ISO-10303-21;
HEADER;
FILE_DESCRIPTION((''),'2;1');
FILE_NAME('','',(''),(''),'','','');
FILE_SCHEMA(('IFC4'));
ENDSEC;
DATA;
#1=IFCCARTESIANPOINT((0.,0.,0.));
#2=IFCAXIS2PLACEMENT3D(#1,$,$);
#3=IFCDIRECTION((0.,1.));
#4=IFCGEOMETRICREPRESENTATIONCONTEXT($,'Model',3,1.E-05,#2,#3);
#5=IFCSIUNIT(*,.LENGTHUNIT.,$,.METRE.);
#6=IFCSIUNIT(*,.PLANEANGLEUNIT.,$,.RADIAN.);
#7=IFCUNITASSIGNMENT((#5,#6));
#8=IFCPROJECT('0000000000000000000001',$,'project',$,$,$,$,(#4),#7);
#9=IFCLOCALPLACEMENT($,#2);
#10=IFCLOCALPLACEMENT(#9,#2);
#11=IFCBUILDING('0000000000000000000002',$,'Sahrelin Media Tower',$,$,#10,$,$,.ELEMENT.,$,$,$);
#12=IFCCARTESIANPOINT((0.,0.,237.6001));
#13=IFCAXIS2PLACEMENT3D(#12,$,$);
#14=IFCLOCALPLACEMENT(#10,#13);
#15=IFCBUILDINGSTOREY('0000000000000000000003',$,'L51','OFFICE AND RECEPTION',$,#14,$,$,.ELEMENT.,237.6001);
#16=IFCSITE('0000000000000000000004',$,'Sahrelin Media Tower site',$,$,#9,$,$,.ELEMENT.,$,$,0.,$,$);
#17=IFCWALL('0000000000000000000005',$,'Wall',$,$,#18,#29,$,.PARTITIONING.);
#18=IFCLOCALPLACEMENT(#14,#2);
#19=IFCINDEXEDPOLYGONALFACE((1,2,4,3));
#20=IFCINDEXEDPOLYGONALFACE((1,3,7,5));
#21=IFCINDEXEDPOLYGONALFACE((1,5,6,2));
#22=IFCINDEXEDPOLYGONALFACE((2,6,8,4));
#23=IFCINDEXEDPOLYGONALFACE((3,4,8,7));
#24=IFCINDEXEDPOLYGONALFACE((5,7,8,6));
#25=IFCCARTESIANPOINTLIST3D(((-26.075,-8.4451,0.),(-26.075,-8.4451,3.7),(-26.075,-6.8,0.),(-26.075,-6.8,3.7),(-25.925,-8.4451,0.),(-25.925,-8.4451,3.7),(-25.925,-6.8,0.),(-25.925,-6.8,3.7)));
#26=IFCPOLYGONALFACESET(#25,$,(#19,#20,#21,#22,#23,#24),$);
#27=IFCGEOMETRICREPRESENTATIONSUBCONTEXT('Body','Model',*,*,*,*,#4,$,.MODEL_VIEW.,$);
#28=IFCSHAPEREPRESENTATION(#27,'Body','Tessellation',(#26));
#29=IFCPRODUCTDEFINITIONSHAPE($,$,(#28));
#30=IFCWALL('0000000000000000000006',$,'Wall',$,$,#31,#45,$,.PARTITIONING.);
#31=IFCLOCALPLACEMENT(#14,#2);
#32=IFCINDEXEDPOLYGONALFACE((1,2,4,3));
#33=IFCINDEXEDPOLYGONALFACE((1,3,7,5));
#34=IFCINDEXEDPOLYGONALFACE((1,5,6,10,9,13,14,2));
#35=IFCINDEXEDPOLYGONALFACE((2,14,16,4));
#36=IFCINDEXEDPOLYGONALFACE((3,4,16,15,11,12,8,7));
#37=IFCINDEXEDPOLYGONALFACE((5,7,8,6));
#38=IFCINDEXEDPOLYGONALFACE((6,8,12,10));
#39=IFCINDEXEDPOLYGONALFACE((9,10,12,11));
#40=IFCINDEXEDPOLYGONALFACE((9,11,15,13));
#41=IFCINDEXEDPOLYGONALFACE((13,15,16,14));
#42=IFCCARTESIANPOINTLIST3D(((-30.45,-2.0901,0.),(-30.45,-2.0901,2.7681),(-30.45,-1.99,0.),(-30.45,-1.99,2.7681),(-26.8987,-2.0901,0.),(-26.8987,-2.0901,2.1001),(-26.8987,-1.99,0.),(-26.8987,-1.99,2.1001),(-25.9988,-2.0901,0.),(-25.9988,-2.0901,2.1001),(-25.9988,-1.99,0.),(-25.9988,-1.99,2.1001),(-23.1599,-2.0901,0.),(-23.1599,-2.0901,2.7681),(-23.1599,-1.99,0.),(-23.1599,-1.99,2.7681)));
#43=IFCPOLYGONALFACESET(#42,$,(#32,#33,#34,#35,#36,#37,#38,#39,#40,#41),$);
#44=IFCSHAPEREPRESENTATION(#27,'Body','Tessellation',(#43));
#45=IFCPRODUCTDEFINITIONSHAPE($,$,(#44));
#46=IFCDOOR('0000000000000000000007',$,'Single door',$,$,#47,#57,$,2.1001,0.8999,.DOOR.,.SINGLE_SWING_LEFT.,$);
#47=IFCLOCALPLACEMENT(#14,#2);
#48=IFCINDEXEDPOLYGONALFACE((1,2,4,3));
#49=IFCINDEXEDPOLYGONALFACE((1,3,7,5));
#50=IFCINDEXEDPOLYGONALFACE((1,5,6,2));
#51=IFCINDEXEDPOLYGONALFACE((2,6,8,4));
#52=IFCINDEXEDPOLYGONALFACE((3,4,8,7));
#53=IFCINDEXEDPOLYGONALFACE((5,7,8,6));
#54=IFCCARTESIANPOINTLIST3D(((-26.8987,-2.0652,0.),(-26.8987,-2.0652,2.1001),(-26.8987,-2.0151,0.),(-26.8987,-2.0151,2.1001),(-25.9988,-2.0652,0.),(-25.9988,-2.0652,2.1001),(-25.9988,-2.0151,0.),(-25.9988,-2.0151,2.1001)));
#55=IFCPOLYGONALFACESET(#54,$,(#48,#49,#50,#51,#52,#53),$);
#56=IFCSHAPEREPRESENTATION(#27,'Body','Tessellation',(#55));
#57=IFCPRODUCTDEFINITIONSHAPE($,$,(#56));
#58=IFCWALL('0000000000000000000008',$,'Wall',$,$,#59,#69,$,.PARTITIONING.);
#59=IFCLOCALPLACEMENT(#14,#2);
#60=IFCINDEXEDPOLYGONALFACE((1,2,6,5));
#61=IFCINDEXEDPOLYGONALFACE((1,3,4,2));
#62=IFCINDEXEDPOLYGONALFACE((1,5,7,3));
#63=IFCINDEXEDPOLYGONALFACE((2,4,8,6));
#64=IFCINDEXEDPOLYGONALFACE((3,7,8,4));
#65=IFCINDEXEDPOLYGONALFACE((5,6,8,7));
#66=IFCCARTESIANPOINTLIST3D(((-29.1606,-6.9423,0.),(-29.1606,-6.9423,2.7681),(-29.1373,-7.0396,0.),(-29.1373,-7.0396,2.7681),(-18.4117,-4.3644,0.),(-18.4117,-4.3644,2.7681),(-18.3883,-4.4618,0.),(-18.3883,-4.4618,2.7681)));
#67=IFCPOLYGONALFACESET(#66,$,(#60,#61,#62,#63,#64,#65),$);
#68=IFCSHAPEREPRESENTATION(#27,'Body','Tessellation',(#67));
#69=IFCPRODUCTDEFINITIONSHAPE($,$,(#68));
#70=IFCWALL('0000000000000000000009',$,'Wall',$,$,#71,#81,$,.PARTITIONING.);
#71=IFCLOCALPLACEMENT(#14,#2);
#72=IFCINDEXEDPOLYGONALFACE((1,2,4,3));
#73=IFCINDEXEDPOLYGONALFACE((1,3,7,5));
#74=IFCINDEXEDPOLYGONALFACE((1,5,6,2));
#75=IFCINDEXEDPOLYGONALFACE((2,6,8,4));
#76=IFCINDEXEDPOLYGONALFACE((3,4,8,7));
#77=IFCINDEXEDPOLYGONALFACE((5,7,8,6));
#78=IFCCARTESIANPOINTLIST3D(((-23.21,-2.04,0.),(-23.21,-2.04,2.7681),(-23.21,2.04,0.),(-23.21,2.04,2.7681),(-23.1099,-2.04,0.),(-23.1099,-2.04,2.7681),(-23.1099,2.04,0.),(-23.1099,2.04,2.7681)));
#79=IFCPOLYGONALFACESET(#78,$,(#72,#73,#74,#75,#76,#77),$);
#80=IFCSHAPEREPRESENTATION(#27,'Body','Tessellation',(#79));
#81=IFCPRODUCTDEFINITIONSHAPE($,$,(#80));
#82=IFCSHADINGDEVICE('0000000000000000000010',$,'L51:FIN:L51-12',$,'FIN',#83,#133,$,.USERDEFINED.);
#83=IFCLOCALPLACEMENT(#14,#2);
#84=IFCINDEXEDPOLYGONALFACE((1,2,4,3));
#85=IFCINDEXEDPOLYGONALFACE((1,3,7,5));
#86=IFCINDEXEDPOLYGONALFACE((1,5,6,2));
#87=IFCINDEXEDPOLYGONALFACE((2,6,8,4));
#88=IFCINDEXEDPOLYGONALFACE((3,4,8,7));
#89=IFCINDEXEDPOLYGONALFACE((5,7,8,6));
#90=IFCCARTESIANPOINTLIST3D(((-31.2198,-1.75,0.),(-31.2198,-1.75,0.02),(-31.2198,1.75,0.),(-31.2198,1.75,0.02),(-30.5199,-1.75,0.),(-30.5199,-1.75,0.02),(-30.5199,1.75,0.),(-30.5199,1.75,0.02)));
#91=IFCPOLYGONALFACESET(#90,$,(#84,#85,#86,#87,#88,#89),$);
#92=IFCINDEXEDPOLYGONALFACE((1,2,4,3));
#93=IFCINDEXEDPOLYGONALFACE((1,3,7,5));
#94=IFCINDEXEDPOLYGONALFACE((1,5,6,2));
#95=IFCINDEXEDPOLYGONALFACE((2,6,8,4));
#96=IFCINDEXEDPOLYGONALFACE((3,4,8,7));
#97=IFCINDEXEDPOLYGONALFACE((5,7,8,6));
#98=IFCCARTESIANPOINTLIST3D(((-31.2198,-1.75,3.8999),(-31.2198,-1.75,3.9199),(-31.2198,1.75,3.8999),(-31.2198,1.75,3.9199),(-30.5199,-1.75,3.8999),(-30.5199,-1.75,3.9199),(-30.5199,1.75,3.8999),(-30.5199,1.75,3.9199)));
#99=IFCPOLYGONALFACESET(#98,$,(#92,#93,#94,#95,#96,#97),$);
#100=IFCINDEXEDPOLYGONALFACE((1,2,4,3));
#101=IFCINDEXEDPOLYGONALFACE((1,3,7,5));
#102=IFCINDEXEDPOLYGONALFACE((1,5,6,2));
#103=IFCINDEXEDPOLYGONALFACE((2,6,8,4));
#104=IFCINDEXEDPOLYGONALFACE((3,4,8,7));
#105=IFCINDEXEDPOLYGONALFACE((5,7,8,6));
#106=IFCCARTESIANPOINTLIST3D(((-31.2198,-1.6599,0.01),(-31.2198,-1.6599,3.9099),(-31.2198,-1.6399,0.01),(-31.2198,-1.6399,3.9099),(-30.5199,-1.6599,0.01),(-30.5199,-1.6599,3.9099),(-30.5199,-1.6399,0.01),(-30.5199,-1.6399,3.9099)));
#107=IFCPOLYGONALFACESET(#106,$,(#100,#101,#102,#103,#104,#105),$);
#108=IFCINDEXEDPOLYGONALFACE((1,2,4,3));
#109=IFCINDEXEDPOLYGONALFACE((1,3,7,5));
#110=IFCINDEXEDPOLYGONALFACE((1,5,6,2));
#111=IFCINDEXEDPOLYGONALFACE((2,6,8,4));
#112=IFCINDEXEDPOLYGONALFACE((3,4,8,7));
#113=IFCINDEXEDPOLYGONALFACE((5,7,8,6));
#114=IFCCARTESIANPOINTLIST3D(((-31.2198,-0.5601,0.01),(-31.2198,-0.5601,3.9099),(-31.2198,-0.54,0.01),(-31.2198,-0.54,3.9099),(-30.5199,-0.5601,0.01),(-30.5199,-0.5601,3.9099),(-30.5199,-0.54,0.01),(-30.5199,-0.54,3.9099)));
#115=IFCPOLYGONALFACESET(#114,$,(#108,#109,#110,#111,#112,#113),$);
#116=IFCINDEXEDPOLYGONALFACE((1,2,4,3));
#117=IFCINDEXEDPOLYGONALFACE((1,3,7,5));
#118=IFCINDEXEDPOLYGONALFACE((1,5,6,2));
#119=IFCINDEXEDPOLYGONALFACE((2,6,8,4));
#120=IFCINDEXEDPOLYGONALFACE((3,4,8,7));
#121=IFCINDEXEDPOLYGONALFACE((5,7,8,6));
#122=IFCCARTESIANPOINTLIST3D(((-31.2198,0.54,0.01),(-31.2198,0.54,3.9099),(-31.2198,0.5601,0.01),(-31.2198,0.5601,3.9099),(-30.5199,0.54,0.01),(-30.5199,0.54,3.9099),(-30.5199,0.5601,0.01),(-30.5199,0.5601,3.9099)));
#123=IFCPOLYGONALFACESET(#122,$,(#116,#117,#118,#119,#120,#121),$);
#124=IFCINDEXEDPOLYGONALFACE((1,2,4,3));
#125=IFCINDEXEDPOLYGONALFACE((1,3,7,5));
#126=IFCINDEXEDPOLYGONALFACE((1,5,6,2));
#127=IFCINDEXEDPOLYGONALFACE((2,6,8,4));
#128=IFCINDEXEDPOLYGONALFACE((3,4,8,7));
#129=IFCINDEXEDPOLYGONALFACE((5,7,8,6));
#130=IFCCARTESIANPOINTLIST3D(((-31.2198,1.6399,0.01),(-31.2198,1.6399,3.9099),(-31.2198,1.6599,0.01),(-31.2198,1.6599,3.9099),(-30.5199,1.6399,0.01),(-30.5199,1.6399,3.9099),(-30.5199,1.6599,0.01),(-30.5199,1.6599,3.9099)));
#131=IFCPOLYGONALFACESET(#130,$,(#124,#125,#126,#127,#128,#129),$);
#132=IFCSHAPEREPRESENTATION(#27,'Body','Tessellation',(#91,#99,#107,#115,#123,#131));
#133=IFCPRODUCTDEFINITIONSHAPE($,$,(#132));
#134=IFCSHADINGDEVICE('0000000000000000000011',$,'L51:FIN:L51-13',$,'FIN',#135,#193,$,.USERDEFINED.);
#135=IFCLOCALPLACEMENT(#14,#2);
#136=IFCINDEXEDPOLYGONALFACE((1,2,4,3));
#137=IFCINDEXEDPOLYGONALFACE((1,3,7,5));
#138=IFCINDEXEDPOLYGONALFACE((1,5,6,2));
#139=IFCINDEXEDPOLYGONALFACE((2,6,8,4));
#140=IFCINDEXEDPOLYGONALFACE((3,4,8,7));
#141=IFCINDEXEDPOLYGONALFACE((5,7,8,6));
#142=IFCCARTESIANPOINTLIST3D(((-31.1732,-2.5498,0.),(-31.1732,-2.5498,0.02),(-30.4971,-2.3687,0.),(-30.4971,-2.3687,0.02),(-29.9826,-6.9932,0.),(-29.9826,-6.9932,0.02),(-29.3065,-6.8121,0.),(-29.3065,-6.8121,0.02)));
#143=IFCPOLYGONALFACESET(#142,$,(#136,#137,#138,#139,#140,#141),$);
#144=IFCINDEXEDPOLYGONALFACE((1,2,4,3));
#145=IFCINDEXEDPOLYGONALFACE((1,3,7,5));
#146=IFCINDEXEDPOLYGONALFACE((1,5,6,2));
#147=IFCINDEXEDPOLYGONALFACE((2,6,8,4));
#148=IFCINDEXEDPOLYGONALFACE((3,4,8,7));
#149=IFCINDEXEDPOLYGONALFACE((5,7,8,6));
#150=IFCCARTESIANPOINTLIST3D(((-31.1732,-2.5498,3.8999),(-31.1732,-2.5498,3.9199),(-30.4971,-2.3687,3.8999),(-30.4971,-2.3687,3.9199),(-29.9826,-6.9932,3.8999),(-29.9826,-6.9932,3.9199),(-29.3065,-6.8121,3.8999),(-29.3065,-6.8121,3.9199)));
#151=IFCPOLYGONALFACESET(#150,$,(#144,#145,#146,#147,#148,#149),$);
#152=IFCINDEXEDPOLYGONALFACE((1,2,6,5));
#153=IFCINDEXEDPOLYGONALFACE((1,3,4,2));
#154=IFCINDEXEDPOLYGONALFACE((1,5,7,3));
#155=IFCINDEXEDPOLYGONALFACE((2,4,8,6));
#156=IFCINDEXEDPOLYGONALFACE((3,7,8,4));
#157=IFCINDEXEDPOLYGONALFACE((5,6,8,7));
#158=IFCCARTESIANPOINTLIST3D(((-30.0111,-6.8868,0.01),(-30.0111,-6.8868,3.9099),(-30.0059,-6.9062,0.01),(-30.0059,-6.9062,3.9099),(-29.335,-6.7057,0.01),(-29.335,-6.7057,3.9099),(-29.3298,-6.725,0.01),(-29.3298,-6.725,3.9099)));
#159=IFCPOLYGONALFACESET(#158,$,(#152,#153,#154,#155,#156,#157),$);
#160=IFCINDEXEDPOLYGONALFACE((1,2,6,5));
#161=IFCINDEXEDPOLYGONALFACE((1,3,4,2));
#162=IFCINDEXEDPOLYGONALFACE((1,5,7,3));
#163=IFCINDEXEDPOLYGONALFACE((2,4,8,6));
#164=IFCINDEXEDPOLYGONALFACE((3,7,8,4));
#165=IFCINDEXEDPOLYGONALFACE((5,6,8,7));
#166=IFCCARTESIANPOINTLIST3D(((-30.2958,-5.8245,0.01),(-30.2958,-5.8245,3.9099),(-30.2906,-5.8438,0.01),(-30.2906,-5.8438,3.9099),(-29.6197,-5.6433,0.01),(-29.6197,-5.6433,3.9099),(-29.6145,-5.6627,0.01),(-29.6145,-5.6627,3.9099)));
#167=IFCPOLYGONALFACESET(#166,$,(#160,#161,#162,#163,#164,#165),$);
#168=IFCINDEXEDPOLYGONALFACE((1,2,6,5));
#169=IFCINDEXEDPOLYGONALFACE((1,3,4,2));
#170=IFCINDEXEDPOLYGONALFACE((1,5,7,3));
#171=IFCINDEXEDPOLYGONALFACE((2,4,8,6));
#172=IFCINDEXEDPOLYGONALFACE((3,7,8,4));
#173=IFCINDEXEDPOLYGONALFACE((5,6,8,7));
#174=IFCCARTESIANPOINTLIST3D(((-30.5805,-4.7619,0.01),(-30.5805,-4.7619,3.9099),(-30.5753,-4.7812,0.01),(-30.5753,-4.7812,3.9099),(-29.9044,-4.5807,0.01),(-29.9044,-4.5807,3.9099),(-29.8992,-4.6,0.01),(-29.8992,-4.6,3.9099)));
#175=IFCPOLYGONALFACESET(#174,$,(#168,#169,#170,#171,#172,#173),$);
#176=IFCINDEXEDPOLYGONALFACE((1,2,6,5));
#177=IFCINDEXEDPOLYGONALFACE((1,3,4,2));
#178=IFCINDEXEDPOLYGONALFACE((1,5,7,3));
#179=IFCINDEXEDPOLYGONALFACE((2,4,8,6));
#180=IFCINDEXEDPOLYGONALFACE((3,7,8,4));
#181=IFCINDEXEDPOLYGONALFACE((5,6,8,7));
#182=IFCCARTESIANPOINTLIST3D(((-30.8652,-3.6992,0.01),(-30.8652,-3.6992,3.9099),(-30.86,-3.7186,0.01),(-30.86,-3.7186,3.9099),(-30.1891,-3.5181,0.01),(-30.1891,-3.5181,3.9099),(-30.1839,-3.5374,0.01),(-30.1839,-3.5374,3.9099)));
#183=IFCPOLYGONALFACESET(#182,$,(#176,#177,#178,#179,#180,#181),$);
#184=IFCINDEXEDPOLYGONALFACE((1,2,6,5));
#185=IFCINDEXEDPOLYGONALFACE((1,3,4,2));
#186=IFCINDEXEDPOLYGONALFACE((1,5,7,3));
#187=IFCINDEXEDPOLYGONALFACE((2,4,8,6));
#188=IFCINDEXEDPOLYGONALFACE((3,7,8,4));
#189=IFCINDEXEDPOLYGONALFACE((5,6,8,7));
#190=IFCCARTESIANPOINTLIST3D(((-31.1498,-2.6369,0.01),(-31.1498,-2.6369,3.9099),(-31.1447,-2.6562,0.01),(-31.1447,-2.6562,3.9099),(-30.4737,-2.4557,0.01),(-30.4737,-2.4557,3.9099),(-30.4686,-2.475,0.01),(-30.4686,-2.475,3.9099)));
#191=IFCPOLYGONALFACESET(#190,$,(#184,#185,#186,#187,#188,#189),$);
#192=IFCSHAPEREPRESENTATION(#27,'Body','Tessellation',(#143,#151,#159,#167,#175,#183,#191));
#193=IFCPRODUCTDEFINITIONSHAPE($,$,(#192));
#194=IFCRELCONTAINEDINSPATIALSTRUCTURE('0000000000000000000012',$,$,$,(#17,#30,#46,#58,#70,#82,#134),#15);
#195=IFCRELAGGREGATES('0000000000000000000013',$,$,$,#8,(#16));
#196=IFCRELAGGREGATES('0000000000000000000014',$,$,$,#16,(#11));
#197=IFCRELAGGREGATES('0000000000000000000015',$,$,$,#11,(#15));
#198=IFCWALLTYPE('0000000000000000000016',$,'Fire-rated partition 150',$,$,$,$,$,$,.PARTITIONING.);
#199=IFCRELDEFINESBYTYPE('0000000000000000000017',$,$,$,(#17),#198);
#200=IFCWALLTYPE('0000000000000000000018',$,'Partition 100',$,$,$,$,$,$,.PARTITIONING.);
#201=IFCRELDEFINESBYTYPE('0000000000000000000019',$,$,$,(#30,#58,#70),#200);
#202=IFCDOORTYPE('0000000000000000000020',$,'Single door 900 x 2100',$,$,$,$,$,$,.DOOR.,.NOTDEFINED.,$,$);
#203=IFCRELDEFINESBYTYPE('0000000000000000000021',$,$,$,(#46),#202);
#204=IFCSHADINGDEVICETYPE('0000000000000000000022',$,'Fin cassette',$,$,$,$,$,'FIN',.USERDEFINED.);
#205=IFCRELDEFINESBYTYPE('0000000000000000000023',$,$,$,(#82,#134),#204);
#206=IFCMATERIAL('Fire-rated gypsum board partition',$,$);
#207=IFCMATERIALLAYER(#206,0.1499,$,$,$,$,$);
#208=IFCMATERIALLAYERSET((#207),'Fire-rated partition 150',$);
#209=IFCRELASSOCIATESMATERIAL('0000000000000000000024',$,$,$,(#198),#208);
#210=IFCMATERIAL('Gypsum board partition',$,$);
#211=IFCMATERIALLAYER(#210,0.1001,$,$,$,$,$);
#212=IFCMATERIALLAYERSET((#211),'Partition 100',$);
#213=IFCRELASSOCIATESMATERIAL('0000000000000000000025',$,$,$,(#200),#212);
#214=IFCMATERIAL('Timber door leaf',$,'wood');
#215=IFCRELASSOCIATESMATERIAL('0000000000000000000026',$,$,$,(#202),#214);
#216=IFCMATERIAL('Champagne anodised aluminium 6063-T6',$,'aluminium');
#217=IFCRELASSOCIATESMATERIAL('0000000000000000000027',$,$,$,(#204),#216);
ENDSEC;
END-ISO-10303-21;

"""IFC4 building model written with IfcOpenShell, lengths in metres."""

from ifc_helpers import new_model, si_unit, direction, frame, frame_2d, origin, origin_2d, place, context, subcontext, project, spatial, rectangle, extrude, material, layer, layer_set, type_object, element, fill, save


model = new_model("IFC4")

# Units and contexts
model_context = context("Model", 3, precision=1e-05, world=origin(), true_north=direction((0.0, 1.0)))
body_context = subcontext(model_context, "Body", "Model", "MODEL_VIEW")
ifc_project = project(units=[si_unit("LENGTHUNIT", "METRE"), si_unit("PLANEANGLEUNIT", "RADIAN")], contexts=[model_context])

# Site, building, storey
site_placement = place(None, origin())
site = spatial("IfcSite", under=ifc_project, at=site_placement, Name="Sahrelin Media Tower site", CompositionType="ELEMENT", RefElevation=0.0)
building_placement = place(site_placement, origin())
building = spatial("IfcBuilding", under=site, at=building_placement, Name="Sahrelin Media Tower", CompositionType="ELEMENT")
storey_placement = place(building_placement, frame((0.0, 0.0, 237.6001)))
storey = spatial("IfcBuildingStorey", under=building, at=storey_placement, Name="L51", Description="OFFICE AND RECEPTION", CompositionType="ELEMENT", Elevation=237.6001)

# Shared definitions
ifc_material_1 = material(Name="Champagne anodised aluminium 6063-T6", Category="aluminium")

# Shared definitions
ifc_material_2 = material(Name="Fire-rated gypsum board partition")
ifc_layer_1 = layer(ifc_material_2, 0.1499)
ifc_layer_set_1 = layer_set([ifc_layer_1], Name="Fire-rated partition 150")
wall_type_1 = type_object("IfcWallType", Name="Fire-rated partition 150", PredefinedType="PARTITIONING", material=ifc_layer_set_1)

# Wall
wall_1_placement = place(storey_placement, frame((-26.0, -8.4451, 0.0), z_axis=(0.0, 0.0, 1.0), x_axis=(0.0, 1.0, 0.0)))
element("IfcWall", 1, at=wall_1_placement, inside=storey, type_object=wall_type_1, Name="Wall", PredefinedType="PARTITIONING", context=body_context, shape_type="SweptSolid", body=[
    extrude(rectangle(XDim=1.645, YDim=0.1499, at=frame_2d((0.8225, 0.0))), origin(), (0.0, 0.0, 1.0), 3.7),
])

# Wall, opening, door
ifc_material_3 = material(Name="Gypsum board partition")
ifc_layer_2 = layer(ifc_material_3, 0.1001)
ifc_layer_set_2 = layer_set([ifc_layer_2], Name="Partition 100")
wall_type_2 = type_object("IfcWallType", Name="Partition 100", PredefinedType="PARTITIONING", material=ifc_layer_set_2)
wall_2_placement = place(storey_placement, frame((-30.45, -2.04, 0.0), z_axis=(0.0, 0.0, 1.0), x_axis=(1.0, 0.0, 0.0)))
wall_2 = element("IfcWall", 2, at=wall_2_placement, inside=storey, type_object=wall_type_2, Name="Wall", PredefinedType="PARTITIONING", context=body_context, shape_type="SweptSolid", body=[
    extrude(rectangle(XDim=7.29, YDim=0.1001, at=frame_2d((3.645, 0.0))), origin(), (0.0, 0.0, 1.0), 2.7681),
])
opening_1_placement = place(wall_2_placement, frame((3.5513, 0.0, 0.0)))
opening_1 = element("IfcOpeningElement", 3, at=opening_1_placement, cuts=wall_2, PredefinedType="OPENING", context=body_context, shape_type="SweptSolid", body=[
    extrude(rectangle(XDim=0.8999, YDim=2.1001, at=frame_2d((0.45, 1.05))), frame((0.0, 0.05, 0.0), z_axis=(0.0, -1.0, 0.0), x_axis=(1.0, 0.0, 0.0)), (0.0, 0.0, 1.0), 0.1001),
])
ifc_material_4 = material(Name="Timber door leaf", Category="wood")
door_type_1 = type_object("IfcDoorType", Name="Single door 900 x 2100", OperationType="NOTDEFINED", PredefinedType="DOOR", material=ifc_material_4)
door_1_placement = place(opening_1_placement, origin())
door_1 = element("IfcDoor", 4, at=door_1_placement, inside=storey, type_object=door_type_1, Name="Single door", OperationType="SINGLE_SWING_LEFT", OverallHeight=2.1001, OverallWidth=0.8999, PredefinedType="DOOR", context=body_context, shape_type="SweptSolid", body=[
    extrude(rectangle(XDim=0.8999, YDim=2.1001, at=frame_2d((0.45, 1.05))), frame((0.0, 0.0249, 0.0), z_axis=(0.0, -1.0, 0.0), x_axis=(1.0, 0.0, 0.0)), (0.0, 0.0, 1.0), 0.05),
])
fill(opening_1, door_1)

# Walls
wall_3_placement = place(storey_placement, frame((-29.1489, -6.991, 0.0), z_axis=(0.0, 0.0, 1.0), x_axis=(0.972426, 0.233212, 0.0)))
element("IfcWall", 5, at=wall_3_placement, inside=storey, type_object=wall_type_2, Name="Wall", PredefinedType="PARTITIONING", context=body_context, shape_type="SweptSolid", body=[
    extrude(rectangle(XDim=11.0537, YDim=0.1001, at=frame_2d((5.5269, 0.0))), origin(), (0.0, 0.0, 1.0), 2.7681),
])
wall_4_placement = place(storey_placement, frame((-23.1599, -2.04, 0.0), z_axis=(0.0, 0.0, 1.0), x_axis=(0.0, 1.0, 0.0)))
element("IfcWall", 6, at=wall_4_placement, inside=storey, type_object=wall_type_2, Name="Wall", PredefinedType="PARTITIONING", context=body_context, shape_type="SweptSolid", body=[
    extrude(rectangle(XDim=4.0801, YDim=0.1001, at=frame_2d((2.04, 0.0))), origin(), (0.0, 0.0, 1.0), 2.7681),
])

# Shading devices
shading_device_type_1 = type_object("IfcShadingDeviceType", Name="Fin cassette", ElementType="FIN", PredefinedType="USERDEFINED", material=ifc_material_1)
placement_1 = place(storey_placement, frame((-30.45, 0.0, 0.0), z_axis=(0.0, 0.0, 1.0), x_axis=(0.0, 1.0, 0.0)))
element("IfcShadingDevice", 7, at=placement_1, inside=storey, type_object=shading_device_type_1, Name="L51:FIN:L51-12", ObjectType="FIN", PredefinedType="USERDEFINED", context=body_context, shape_type="SweptSolid", body=[
    extrude(rectangle(XDim=3.5, YDim=0.7, at=origin_2d()), frame((0.0, 0.4199, 0.0)), (0.0, 0.0, 1.0), 0.02),
    extrude(rectangle(XDim=3.5, YDim=0.7, at=origin_2d()), frame((0.0, 0.4199, 3.8999)), (0.0, 0.0, 1.0), 0.02),
    extrude(rectangle(XDim=0.02, YDim=0.7, at=origin_2d()), frame((-1.6499, 0.4199, 0.01), z_axis=(0.0, 0.0, 1.0), x_axis=(1.0, 0.0, 0.0)), (0.0, 0.0, 1.0), 3.8999),
    extrude(rectangle(XDim=0.02, YDim=0.7, at=origin_2d()), frame((-0.55, 0.4199, 0.01), z_axis=(0.0, 0.0, 1.0), x_axis=(1.0, 0.0, 0.0)), (0.0, 0.0, 1.0), 3.8999),
    extrude(rectangle(XDim=0.02, YDim=0.7, at=origin_2d()), frame((0.55, 0.4199, 0.01), z_axis=(0.0, 0.0, 1.0), x_axis=(1.0, 0.0, 0.0)), (0.0, 0.0, 1.0), 3.8999),
    extrude(rectangle(XDim=0.02, YDim=0.7, at=origin_2d()), frame((1.6499, 0.4199, 0.01), z_axis=(0.0, 0.0, 1.0), x_axis=(1.0, 0.0, 0.0)), (0.0, 0.0, 1.0), 3.8999),
])
placement_2 = place(storey_placement, frame((-29.8342, -4.5723, 0.0), z_axis=(0.0, 0.0, 1.0), x_axis=(-0.258808, 0.965929, 0.0)))
element("IfcShadingDevice", 8, at=placement_2, inside=storey, type_object=shading_device_type_1, Name="L51:FIN:L51-13", ObjectType="FIN", PredefinedType="USERDEFINED", context=body_context, shape_type="SweptSolid", body=[
    extrude(rectangle(XDim=4.6001, YDim=0.7, at=origin_2d()), frame((0.0, 0.4199, 0.0)), (0.0, 0.0, 1.0), 0.02),
    extrude(rectangle(XDim=4.6001, YDim=0.7, at=origin_2d()), frame((0.0, 0.4199, 3.8999)), (0.0, 0.0, 1.0), 0.02),
    extrude(rectangle(XDim=0.02, YDim=0.7, at=origin_2d()), frame((-2.2, 0.4199, 0.01), z_axis=(0.0, 0.0, 1.0), x_axis=(1.0, 0.0, 0.0)), (0.0, 0.0, 1.0), 3.8999),
    extrude(rectangle(XDim=0.02, YDim=0.7, at=origin_2d()), frame((-1.1001, 0.4199, 0.01), z_axis=(0.0, 0.0, 1.0), x_axis=(1.0, 0.0, 0.0)), (0.0, 0.0, 1.0), 3.8999),
    extrude(rectangle(XDim=0.02, YDim=0.7, at=origin_2d()), frame((0.0, 0.4199, 0.01), z_axis=(0.0, 0.0, 1.0), x_axis=(1.0, 0.0, 0.0)), (0.0, 0.0, 1.0), 3.8999),
    extrude(rectangle(XDim=0.02, YDim=0.7, at=origin_2d()), frame((1.1001, 0.4199, 0.01), z_axis=(0.0, 0.0, 1.0), x_axis=(1.0, 0.0, 0.0)), (0.0, 0.0, 1.0), 3.8999),
    extrude(rectangle(XDim=0.02, YDim=0.7, at=origin_2d()), frame((2.2, 0.4199, 0.01), z_axis=(0.0, 0.0, 1.0), x_axis=(1.0, 0.0, 0.0)), (0.0, 0.0, 1.0), 3.8999),
])

save(model, "model.ifc")
